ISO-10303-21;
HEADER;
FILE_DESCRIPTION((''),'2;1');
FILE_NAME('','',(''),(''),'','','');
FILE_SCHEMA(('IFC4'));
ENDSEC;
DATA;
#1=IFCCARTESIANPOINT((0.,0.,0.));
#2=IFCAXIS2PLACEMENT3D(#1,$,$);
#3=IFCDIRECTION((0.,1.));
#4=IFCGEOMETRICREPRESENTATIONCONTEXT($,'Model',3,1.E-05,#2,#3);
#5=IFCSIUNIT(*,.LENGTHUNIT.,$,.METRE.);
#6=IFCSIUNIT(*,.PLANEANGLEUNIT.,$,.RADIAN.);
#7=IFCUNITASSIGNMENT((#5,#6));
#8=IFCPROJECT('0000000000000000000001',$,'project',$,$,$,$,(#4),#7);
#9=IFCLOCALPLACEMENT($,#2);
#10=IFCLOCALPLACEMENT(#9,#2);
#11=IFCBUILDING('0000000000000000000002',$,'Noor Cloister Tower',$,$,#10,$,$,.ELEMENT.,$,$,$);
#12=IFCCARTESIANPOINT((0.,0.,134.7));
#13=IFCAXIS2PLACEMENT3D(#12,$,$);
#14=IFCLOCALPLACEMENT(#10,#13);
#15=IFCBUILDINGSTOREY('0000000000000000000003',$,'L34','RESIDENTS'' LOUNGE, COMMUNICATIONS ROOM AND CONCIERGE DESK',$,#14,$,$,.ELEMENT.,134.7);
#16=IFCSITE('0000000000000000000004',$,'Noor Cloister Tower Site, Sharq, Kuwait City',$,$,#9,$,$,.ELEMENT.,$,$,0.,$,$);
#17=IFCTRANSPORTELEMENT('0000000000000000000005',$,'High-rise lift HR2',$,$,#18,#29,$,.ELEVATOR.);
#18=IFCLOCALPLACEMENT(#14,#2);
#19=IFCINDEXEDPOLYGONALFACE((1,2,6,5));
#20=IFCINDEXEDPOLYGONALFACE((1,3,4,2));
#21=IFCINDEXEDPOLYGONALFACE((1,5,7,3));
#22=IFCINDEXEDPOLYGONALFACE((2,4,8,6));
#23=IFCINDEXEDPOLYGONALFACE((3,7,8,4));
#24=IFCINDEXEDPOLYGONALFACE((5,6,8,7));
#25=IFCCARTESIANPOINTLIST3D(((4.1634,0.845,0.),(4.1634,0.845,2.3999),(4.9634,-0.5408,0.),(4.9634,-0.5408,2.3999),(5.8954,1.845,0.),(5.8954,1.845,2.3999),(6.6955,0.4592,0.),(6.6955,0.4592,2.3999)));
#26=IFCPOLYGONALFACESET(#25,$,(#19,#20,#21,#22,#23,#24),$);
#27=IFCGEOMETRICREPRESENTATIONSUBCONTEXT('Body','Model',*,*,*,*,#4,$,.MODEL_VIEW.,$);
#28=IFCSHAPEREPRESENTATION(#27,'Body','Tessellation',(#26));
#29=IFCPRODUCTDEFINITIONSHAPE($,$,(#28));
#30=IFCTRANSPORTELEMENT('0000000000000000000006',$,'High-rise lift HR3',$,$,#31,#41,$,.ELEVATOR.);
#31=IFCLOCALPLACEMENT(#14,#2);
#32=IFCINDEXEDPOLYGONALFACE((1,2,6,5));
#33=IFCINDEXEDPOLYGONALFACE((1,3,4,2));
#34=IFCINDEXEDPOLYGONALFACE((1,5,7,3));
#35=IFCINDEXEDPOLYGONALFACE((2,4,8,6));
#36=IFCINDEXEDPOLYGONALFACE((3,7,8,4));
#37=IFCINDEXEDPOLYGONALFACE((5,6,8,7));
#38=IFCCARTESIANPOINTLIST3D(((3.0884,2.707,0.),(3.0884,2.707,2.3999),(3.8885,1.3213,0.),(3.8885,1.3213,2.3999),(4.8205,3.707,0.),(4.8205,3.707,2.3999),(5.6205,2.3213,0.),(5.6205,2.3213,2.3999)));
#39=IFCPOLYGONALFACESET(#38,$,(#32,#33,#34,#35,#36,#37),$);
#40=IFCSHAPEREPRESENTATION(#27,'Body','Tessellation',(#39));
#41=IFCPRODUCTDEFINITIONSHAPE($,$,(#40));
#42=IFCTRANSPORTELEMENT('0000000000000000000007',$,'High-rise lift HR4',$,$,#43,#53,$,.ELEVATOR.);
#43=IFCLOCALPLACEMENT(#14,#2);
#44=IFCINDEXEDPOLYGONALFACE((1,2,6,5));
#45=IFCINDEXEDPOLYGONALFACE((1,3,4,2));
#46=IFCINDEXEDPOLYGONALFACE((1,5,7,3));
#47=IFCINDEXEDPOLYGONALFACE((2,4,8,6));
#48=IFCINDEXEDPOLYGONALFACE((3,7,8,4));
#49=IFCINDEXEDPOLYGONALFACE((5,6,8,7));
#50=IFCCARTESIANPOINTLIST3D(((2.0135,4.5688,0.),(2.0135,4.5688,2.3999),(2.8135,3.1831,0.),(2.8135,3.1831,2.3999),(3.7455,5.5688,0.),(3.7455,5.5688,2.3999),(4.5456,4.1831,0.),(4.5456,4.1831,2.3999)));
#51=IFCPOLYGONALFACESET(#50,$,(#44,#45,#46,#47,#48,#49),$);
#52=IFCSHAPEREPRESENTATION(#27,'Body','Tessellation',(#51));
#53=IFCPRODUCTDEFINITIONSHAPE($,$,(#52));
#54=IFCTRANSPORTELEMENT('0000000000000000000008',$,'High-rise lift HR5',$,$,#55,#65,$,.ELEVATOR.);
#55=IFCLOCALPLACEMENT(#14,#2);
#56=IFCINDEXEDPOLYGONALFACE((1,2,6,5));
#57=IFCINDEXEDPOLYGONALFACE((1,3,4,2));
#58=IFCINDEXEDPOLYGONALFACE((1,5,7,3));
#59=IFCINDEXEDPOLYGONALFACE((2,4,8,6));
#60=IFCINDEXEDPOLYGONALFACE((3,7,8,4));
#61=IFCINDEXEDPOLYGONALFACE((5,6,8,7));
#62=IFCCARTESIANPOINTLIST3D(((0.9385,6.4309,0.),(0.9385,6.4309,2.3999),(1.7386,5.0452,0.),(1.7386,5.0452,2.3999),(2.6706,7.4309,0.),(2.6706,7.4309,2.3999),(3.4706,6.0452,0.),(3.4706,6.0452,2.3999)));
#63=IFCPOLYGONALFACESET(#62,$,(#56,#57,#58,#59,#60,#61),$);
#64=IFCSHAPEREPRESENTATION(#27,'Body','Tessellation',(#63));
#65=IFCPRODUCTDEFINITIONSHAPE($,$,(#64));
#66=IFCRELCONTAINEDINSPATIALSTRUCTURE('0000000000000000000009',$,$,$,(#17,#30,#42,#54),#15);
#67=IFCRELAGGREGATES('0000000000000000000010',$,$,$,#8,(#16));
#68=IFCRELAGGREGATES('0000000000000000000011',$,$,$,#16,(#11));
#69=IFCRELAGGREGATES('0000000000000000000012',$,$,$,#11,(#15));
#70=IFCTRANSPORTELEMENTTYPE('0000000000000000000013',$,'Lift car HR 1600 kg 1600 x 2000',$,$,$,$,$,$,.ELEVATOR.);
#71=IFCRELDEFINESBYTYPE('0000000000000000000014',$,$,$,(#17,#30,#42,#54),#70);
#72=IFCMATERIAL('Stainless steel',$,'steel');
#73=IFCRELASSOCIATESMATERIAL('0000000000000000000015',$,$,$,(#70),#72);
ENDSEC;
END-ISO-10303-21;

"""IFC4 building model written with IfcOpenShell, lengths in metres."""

from ifc_helpers import new_model, si_unit, direction, frame, origin, origin_2d, place, context, subcontext, project, spatial, rectangle, extrude, material, type_object, element, save


model = new_model("IFC4")

# Units and contexts
model_context = context("Model", 3, precision=1e-05, world=origin(), true_north=direction((0.0, 1.0)))
body_context = subcontext(model_context, "Body", "Model", "MODEL_VIEW")
ifc_project = project(units=[si_unit("LENGTHUNIT", "METRE"), si_unit("PLANEANGLEUNIT", "RADIAN")], contexts=[model_context])

# Site, building, storey
site_placement = place(None, origin())
site = spatial("IfcSite", under=ifc_project, at=site_placement, Name="Noor Cloister Tower Site, Sharq, Kuwait City", CompositionType="ELEMENT", RefElevation=0.0)
building_placement = place(site_placement, origin())
building = spatial("IfcBuilding", under=site, at=building_placement, Name="Noor Cloister Tower", CompositionType="ELEMENT")
storey_placement = place(building_placement, frame((0.0, 0.0, 134.7)))
storey = spatial("IfcBuildingStorey", under=building, at=storey_placement, Name="L34", Description="RESIDENTS' LOUNGE, COMMUNICATIONS ROOM AND CONCIERGE DESK", CompositionType="ELEMENT", Elevation=134.7)

# Transport elements
ifc_material_1 = material(Name="Stainless steel", Category="steel")
transport_element_type = type_object("IfcTransportElementType", Name="Lift car HR 1600 kg 1600 x 2000", PredefinedType="ELEVATOR", material=ifc_material_1)
for number, where, z_axis, x_axis, name in (
    (1, (5.4294, 0.6521, 0.0), (0.0, 0.0, 1.0), (-0.5, 0.866025, 0.0), "High-rise lift HR2"),
    (2, (4.3545, 2.5142, 0.0), (0.0, 0.0, 1.0), (-0.5, 0.866025, 0.0), "High-rise lift HR3"),
    (3, (3.2795, 4.376, 0.0), (0.0, 0.0, 1.0), (-0.5, 0.866025, 0.0), "High-rise lift HR4"),
    (4, (2.2046, 6.238, 0.0), (0.0, 0.0, 1.0), (-0.5, 0.866025, 0.0), "High-rise lift HR5"),
):
    element("IfcTransportElement", number, at=place(storey_placement, frame(where, z_axis=z_axis, x_axis=x_axis)), inside=storey, type_object=transport_element_type, Name=name, PredefinedType="ELEVATOR", context=body_context, shape_type="SweptSolid", body=[
        extrude(rectangle(XDim=1.6001, YDim=2.0, at=origin_2d()), origin(), (0.0, 0.0, 1.0), 2.3999),
    ])

save(model, "model.ifc")
